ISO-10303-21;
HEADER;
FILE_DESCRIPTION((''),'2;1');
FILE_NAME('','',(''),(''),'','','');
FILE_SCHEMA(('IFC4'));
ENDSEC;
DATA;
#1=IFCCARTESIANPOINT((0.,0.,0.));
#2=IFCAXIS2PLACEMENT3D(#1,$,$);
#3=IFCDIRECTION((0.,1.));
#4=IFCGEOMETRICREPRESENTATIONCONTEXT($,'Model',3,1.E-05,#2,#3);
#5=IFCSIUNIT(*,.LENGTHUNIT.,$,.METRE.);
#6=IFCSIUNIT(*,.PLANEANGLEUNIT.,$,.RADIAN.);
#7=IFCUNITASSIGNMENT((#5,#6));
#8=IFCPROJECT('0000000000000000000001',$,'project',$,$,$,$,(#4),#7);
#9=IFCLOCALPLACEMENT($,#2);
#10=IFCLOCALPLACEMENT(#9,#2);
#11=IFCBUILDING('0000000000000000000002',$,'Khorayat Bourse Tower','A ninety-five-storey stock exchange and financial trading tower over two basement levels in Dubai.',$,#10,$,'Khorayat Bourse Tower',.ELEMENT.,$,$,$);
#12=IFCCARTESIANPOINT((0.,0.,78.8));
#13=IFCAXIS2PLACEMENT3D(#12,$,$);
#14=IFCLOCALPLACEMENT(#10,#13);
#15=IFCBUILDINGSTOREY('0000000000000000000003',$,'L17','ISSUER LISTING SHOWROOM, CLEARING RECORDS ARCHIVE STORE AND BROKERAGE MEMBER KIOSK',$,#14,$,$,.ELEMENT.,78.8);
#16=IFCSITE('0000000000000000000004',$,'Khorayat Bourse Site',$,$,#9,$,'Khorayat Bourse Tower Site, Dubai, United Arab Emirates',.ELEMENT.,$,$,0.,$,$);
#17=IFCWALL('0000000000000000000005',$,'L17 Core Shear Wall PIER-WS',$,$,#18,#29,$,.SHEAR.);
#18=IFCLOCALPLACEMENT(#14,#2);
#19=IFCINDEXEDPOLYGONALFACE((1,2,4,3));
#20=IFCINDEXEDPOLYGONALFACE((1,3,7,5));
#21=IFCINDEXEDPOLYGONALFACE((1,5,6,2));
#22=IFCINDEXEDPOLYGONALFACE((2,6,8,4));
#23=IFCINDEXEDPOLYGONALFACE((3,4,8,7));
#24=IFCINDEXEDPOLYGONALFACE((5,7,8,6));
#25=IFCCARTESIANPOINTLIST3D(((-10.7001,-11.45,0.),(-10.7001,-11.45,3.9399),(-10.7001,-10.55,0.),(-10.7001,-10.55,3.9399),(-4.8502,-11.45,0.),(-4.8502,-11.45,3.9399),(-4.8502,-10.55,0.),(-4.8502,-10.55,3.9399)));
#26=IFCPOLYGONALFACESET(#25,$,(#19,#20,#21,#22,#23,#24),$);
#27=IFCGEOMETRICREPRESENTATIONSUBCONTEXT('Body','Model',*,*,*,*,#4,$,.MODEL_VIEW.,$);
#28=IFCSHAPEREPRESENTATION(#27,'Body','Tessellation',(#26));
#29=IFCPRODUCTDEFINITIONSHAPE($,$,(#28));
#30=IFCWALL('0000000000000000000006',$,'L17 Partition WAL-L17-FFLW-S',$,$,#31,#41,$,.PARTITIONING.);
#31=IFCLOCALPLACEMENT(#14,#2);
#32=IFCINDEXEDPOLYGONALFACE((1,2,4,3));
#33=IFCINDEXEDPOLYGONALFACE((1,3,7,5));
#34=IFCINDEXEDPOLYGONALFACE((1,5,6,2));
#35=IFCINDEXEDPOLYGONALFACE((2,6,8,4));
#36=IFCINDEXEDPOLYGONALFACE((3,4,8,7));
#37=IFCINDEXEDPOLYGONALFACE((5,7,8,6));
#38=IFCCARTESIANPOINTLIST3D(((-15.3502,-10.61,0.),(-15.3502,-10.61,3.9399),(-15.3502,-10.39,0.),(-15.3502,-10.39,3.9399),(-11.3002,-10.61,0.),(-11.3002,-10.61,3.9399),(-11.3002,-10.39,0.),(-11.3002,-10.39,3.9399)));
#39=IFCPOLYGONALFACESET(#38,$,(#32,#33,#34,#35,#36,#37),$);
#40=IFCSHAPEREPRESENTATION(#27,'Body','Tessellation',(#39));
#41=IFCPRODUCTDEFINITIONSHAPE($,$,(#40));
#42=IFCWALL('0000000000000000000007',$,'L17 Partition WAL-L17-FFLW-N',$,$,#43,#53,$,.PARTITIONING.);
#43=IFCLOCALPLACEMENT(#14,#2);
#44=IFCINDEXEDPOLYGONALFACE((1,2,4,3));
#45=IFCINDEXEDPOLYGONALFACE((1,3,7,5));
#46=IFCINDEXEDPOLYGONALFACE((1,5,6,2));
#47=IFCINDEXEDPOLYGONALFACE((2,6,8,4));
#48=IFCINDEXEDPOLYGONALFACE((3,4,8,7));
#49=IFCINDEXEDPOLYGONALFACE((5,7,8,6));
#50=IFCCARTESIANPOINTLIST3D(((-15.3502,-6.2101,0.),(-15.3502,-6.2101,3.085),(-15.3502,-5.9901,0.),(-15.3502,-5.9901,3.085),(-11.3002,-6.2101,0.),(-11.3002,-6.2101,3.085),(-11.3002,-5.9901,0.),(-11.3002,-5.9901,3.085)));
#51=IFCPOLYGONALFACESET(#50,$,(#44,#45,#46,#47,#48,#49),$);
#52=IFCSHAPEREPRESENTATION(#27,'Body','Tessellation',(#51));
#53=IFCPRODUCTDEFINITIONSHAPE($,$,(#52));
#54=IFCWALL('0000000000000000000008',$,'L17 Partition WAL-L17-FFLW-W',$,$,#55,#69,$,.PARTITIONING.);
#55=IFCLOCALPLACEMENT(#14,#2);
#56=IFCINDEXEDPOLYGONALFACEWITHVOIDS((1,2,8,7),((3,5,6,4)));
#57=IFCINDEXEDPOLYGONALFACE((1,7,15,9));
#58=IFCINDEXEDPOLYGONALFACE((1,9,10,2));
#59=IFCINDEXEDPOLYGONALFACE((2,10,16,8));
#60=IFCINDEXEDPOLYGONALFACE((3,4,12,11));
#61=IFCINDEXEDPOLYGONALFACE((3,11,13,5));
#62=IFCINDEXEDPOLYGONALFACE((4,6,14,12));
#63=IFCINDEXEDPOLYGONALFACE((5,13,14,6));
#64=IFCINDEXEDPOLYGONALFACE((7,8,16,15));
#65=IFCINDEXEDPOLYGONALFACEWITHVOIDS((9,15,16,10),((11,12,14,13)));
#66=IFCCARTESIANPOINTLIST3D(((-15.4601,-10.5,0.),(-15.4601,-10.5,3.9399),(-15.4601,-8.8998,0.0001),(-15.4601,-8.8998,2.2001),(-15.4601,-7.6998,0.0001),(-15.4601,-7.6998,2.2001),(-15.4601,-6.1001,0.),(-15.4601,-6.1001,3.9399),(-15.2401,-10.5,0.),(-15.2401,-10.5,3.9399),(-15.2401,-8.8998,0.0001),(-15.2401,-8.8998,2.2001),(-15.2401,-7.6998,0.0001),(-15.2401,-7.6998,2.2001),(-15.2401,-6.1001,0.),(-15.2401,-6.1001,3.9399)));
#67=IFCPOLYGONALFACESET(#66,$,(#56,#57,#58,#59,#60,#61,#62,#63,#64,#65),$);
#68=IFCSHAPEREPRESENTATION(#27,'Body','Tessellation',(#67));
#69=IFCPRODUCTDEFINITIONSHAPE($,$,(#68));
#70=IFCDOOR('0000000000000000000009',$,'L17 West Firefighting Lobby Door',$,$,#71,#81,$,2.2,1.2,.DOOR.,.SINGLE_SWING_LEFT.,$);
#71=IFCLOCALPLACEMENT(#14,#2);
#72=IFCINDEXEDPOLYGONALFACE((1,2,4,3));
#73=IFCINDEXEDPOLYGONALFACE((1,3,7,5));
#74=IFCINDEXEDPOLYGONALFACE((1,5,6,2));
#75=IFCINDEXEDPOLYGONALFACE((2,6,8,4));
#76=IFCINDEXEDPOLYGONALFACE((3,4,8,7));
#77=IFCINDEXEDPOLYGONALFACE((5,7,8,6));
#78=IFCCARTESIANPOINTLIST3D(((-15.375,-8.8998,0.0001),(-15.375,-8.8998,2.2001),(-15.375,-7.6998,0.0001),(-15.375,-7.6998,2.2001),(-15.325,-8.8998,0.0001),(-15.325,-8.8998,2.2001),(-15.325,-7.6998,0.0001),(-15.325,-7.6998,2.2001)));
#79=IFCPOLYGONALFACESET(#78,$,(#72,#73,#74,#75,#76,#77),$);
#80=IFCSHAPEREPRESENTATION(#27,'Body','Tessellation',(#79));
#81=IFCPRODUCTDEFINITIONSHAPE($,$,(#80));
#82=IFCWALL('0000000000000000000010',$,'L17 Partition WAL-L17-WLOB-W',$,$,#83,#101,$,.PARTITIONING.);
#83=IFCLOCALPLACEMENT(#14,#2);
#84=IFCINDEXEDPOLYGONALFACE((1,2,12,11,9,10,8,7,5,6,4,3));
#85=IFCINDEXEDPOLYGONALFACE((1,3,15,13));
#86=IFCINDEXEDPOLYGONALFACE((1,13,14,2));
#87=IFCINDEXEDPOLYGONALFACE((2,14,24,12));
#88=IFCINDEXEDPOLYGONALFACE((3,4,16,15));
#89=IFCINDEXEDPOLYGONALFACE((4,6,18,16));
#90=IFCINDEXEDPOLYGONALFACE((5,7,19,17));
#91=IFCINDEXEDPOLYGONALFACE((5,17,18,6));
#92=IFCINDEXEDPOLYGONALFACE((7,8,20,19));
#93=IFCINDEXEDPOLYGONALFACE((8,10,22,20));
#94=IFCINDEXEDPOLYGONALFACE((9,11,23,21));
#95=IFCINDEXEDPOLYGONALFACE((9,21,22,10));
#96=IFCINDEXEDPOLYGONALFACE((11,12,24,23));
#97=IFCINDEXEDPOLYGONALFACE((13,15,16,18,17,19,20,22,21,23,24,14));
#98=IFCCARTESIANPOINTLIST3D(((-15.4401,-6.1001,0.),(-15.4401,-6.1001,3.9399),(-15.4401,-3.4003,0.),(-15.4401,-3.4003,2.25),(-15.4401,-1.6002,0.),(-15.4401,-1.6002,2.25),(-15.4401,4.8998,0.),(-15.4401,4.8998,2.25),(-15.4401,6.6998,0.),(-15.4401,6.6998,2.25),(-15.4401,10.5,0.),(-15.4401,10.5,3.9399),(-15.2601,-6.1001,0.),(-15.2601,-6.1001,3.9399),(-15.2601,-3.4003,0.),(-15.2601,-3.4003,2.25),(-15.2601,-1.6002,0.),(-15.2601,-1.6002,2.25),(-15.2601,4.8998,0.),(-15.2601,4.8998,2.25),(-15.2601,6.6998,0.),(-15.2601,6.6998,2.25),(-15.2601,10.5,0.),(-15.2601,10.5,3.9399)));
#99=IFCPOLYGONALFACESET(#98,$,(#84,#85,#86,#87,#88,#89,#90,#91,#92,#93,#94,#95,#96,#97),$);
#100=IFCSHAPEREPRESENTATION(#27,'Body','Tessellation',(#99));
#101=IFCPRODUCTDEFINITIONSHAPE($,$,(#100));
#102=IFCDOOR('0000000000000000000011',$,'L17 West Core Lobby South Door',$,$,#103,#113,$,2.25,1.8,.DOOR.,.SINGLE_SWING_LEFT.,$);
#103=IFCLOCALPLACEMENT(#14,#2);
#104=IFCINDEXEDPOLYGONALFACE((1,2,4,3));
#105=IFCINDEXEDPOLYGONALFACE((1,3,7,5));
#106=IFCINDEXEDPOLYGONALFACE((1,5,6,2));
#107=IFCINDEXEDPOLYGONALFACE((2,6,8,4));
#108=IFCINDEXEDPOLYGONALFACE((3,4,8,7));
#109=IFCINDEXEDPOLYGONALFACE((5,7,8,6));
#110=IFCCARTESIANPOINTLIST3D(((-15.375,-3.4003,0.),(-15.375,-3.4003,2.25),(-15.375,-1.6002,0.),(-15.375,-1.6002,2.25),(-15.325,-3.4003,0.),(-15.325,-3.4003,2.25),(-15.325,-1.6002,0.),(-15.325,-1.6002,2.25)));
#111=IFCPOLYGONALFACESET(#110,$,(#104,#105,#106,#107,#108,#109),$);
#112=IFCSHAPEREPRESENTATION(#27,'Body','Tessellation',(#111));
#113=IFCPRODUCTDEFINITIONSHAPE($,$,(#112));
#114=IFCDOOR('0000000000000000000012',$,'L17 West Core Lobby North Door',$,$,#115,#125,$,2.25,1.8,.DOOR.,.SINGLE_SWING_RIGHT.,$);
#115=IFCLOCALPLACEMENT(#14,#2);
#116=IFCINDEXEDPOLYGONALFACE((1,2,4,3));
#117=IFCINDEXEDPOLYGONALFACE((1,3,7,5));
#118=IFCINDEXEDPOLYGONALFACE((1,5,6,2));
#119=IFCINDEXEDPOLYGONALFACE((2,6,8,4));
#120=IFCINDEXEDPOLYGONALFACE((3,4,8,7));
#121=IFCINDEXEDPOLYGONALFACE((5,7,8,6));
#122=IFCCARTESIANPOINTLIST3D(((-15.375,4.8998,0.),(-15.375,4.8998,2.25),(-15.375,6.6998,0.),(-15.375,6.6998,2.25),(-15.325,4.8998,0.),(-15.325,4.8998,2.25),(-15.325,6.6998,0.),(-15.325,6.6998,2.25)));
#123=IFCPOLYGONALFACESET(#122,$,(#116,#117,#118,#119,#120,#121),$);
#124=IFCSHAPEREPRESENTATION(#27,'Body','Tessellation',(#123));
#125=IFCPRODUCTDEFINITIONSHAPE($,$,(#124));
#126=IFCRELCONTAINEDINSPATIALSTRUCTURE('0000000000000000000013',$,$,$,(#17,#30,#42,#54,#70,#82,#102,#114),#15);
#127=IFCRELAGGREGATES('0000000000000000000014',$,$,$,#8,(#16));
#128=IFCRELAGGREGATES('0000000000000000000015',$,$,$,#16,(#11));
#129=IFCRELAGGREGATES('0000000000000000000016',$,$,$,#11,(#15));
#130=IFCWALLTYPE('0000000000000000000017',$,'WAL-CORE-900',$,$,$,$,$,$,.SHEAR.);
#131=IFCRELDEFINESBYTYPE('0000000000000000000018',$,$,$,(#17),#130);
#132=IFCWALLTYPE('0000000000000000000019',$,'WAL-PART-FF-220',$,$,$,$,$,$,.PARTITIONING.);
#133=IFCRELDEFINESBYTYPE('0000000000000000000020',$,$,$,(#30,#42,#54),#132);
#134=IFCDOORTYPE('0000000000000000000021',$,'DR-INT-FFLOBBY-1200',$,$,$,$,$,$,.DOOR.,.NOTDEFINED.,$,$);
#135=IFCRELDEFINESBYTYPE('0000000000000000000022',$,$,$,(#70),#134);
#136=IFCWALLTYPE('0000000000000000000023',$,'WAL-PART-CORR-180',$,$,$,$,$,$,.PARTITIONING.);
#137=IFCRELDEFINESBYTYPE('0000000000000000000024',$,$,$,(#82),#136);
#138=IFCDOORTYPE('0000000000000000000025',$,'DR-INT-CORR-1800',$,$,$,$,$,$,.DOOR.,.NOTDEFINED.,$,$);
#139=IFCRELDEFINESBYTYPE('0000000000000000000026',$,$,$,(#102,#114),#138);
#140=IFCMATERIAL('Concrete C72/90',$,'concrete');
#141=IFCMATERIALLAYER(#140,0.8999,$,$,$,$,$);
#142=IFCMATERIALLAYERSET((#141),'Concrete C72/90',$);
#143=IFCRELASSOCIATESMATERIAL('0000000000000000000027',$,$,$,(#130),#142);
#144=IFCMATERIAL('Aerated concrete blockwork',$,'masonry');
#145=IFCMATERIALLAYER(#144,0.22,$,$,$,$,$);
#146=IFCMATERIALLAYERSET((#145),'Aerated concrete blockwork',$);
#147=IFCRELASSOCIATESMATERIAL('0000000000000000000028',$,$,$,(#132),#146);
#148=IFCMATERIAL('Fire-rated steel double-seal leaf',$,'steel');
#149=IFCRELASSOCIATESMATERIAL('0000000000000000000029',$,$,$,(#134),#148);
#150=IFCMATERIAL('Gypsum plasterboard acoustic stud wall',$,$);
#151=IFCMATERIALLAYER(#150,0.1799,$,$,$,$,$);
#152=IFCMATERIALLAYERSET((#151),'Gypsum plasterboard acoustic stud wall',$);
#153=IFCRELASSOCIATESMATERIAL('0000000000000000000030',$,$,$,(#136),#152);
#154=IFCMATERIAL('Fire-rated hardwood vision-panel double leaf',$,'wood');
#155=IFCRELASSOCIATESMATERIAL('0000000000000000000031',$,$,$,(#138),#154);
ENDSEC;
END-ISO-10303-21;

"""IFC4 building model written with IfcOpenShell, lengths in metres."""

from ifc_helpers import new_model, si_unit, direction, frame, frame_2d, origin, place, context, subcontext, project, spatial, rectangle, extrude, source, transform, mapped, material, layer, layer_set, type_object, element, fill, save


model = new_model("IFC4")

# Units and contexts
model_context = context("Model", 3, precision=1e-05, world=origin(), true_north=direction((0.0, 1.0)))
body_context = subcontext(model_context, "Body", "Model", "MODEL_VIEW")
ifc_project = project(units=[si_unit("LENGTHUNIT", "METRE"), si_unit("PLANEANGLEUNIT", "RADIAN")], contexts=[model_context])

# Site, building, storey
site_placement = place(None, origin())
site = spatial("IfcSite", under=ifc_project, at=site_placement, Name="Khorayat Bourse Site", LongName="Khorayat Bourse Tower Site, Dubai, United Arab Emirates", CompositionType="ELEMENT", RefElevation=0.0)
building_placement = place(site_placement, origin())
building = spatial("IfcBuilding", under=site, at=building_placement, Name="Khorayat Bourse Tower", Description="A ninety-five-storey stock exchange and financial trading tower over two basement levels in Dubai.", LongName="Khorayat Bourse Tower", CompositionType="ELEMENT")
storey_placement = place(building_placement, frame((0.0, 0.0, 78.8)))
storey = spatial("IfcBuildingStorey", under=building, at=storey_placement, Name="L17", Description="ISSUER LISTING SHOWROOM, CLEARING RECORDS ARCHIVE STORE AND BROKERAGE MEMBER KIOSK", CompositionType="ELEMENT", Elevation=78.8)

# Shared definitions
ifc_material_1 = material(Name="Concrete C72/90", Category="concrete")

# Walls
ifc_layer_1 = layer(ifc_material_1, 0.8999)
ifc_layer_set_1 = layer_set([ifc_layer_1], Name="Concrete C72/90")
wall_type_1 = type_object("IfcWallType", Name="WAL-CORE-900", PredefinedType="SHEAR", material=ifc_layer_set_1)
shared_shape_1 = source(origin(), body_context, "Body", "SweptSolid", [
    extrude(rectangle(XDim=5.8499, YDim=0.8999, at=frame_2d((2.9248, 0.0))), origin(), (0.0, 0.0, 1.0), 3.9399),
])
wall_1_placement = place(storey_placement, frame((-10.7, -11.0, 0.0), z_axis=(0.0, 0.0, 1.0), x_axis=(1.0, 0.0, 0.0)))
element("IfcWall", 1, at=wall_1_placement, inside=storey, type_object=wall_type_1, Name="L17 Core Shear Wall PIER-WS", PredefinedType="SHEAR", context=body_context, shape_type="MappedRepresentation", body=[
    mapped(shared_shape_1, transform((0.0, 0.0, 0.0), scale=1.0)),
])
ifc_material_2 = material(Name="Aerated concrete blockwork", Category="masonry")
ifc_layer_2 = layer(ifc_material_2, 0.22)
ifc_layer_set_2 = layer_set([ifc_layer_2], Name="Aerated concrete blockwork")
wall_type_2 = type_object("IfcWallType", Name="WAL-PART-FF-220", PredefinedType="PARTITIONING", material=ifc_layer_set_2)
shared_shape_2 = source(origin(), body_context, "Body", "SweptSolid", [
    extrude(rectangle(XDim=4.05, YDim=0.22, at=frame_2d((2.0249, 0.0))), origin(), (0.0, 0.0, 1.0), 3.9399),
])
wall_2_placement = place(storey_placement, frame((-15.3501, -10.5, 0.0), z_axis=(0.0, 0.0, 1.0), x_axis=(1.0, 0.0, 0.0)))
element("IfcWall", 2, at=wall_2_placement, inside=storey, type_object=wall_type_2, Name="L17 Partition WAL-L17-FFLW-S", PredefinedType="PARTITIONING", context=body_context, shape_type="MappedRepresentation", body=[
    mapped(shared_shape_2, transform((0.0, 0.0, 0.0), scale=1.0)),
])
shared_shape_3 = source(origin(), body_context, "Body", "SweptSolid", [
    extrude(rectangle(XDim=4.05, YDim=0.22, at=frame_2d((2.0249, 0.0))), origin(), (0.0, 0.0, 1.0), 3.085),
])
wall_3_placement = place(storey_placement, frame((-15.3501, -6.1001, 0.0), z_axis=(0.0, 0.0, 1.0), x_axis=(1.0, 0.0, 0.0)))
element("IfcWall", 3, at=wall_3_placement, inside=storey, type_object=wall_type_2, Name="L17 Partition WAL-L17-FFLW-N", PredefinedType="PARTITIONING", context=body_context, shape_type="MappedRepresentation", body=[
    mapped(shared_shape_3, transform((0.0, 0.0, 0.0), scale=1.0)),
])

# Wall, opening, door
shared_shape_4 = source(origin(), body_context, "Body", "SweptSolid", [
    extrude(rectangle(XDim=4.3999, YDim=0.22, at=frame_2d((2.2, 0.0))), origin(), (0.0, 0.0, 1.0), 3.9399),
])
wall_4_placement = place(storey_placement, frame((-15.3501, -10.5, 0.0), z_axis=(0.0, 0.0, 1.0), x_axis=(0.0, 1.0, 0.0)))
wall_4 = element("IfcWall", 4, at=wall_4_placement, inside=storey, type_object=wall_type_2, Name="L17 Partition WAL-L17-FFLW-W", PredefinedType="PARTITIONING", context=body_context, shape_type="MappedRepresentation", body=[
    mapped(shared_shape_4, transform((0.0, 0.0, 0.0), scale=1.0)),
])
shared_shape_5 = source(origin(), body_context, "Body", "SweptSolid", [
    extrude(rectangle(XDim=1.2, YDim=2.2, at=frame_2d((0.6001, 1.1001))), frame((0.0, 0.1199, 0.0), z_axis=(0.0, -1.0, 0.0), x_axis=(1.0, 0.0, 0.0)), (0.0, 0.0, 1.0), 0.24),
])
opening_1_placement = place(wall_4_placement, frame((1.6001, 0.0, 0.0)))
opening_1 = element("IfcOpeningElement", 5, at=opening_1_placement, cuts=wall_4, PredefinedType="OPENING", context=body_context, shape_type="MappedRepresentation", body=[
    mapped(shared_shape_5, transform((0.0, 0.0, 0.0), scale=1.0)),
])
ifc_material_3 = material(Name="Fire-rated steel double-seal leaf", Category="steel")
door_type_1 = type_object("IfcDoorType", Name="DR-INT-FFLOBBY-1200", OperationType="NOTDEFINED", PredefinedType="DOOR", material=ifc_material_3)
shared_shape_6 = source(origin(), body_context, "Body", "SweptSolid", [
    extrude(rectangle(XDim=1.2, YDim=2.2, at=frame_2d((0.6001, 1.1001))), frame((0.0, 0.0249, 0.0), z_axis=(0.0, -1.0, 0.0), x_axis=(1.0, 0.0, 0.0)), (0.0, 0.0, 1.0), 0.05),
])
door_1_placement = place(opening_1_placement, origin())
door_1 = element("IfcDoor", 6, at=door_1_placement, inside=storey, type_object=door_type_1, Name="L17 West Firefighting Lobby Door", OperationType="SINGLE_SWING_LEFT", OverallHeight=2.2, OverallWidth=1.2, PredefinedType="DOOR", context=body_context, shape_type="MappedRepresentation", body=[
    mapped(shared_shape_6, transform((0.0, 0.0, 0.0), scale=1.0)),
])
fill(opening_1, door_1)

# Wall, openings, doors
ifc_material_4 = material(Name="Gypsum plasterboard acoustic stud wall")
ifc_layer_3 = layer(ifc_material_4, 0.1799)
ifc_layer_set_3 = layer_set([ifc_layer_3], Name="Gypsum plasterboard acoustic stud wall")
wall_type_3 = type_object("IfcWallType", Name="WAL-PART-CORR-180", PredefinedType="PARTITIONING", material=ifc_layer_set_3)
shared_shape_7 = source(origin(), body_context, "Body", "SweptSolid", [
    extrude(rectangle(XDim=16.6001, YDim=0.1799, at=frame_2d((8.3, 0.0))), origin(), (0.0, 0.0, 1.0), 3.9399),
])
wall_5_placement = place(storey_placement, frame((-15.3501, -6.1001, 0.0), z_axis=(0.0, 0.0, 1.0), x_axis=(0.0, 1.0, 0.0)))
wall_5 = element("IfcWall", 7, at=wall_5_placement, inside=storey, type_object=wall_type_3, Name="L17 Partition WAL-L17-WLOB-W", PredefinedType="PARTITIONING", context=body_context, shape_type="MappedRepresentation", body=[
    mapped(shared_shape_7, transform((0.0, 0.0, 0.0), scale=1.0)),
])
shared_shape_8 = source(origin(), body_context, "Body", "SweptSolid", [
    extrude(rectangle(XDim=1.8, YDim=2.25, at=frame_2d((0.8999, 1.125))), frame((0.0, 0.0999, 0.0), z_axis=(0.0, -1.0, 0.0), x_axis=(1.0, 0.0, 0.0)), (0.0, 0.0, 1.0), 0.2),
])
opening_2_placement = place(wall_5_placement, frame((2.7, 0.0, 0.0)))
opening_2 = element("IfcOpeningElement", 8, at=opening_2_placement, cuts=wall_5, PredefinedType="OPENING", context=body_context, shape_type="MappedRepresentation", body=[
    mapped(shared_shape_8, transform((0.0, 0.0, 0.0), scale=1.0)),
])
opening_3_placement = place(wall_5_placement, frame((11.0, 0.0, 0.0)))
opening_3 = element("IfcOpeningElement", 9, at=opening_3_placement, cuts=wall_5, PredefinedType="OPENING", context=body_context, shape_type="MappedRepresentation", body=[
    mapped(shared_shape_8, transform((0.0, 0.0, 0.0), scale=1.0)),
])
ifc_material_5 = material(Name="Fire-rated hardwood vision-panel double leaf", Category="wood")
door_type_2 = type_object("IfcDoorType", Name="DR-INT-CORR-1800", OperationType="NOTDEFINED", PredefinedType="DOOR", material=ifc_material_5)
shared_shape_9 = source(origin(), body_context, "Body", "SweptSolid", [
    extrude(rectangle(XDim=1.8, YDim=2.25, at=frame_2d((0.8999, 1.125))), frame((0.0, 0.0249, 0.0), z_axis=(0.0, -1.0, 0.0), x_axis=(1.0, 0.0, 0.0)), (0.0, 0.0, 1.0), 0.05),
])
door_2_placement = place(opening_2_placement, origin())
door_2 = element("IfcDoor", 10, at=door_2_placement, inside=storey, type_object=door_type_2, Name="L17 West Core Lobby South Door", OperationType="SINGLE_SWING_LEFT", OverallHeight=2.25, OverallWidth=1.8, PredefinedType="DOOR", context=body_context, shape_type="MappedRepresentation", body=[
    mapped(shared_shape_9, transform((0.0, 0.0, 0.0), scale=1.0)),
])
fill(opening_2, door_2)
door_3_placement = place(opening_3_placement, origin())
door_3 = element("IfcDoor", 11, at=door_3_placement, inside=storey, type_object=door_type_2, Name="L17 West Core Lobby North Door", OperationType="SINGLE_SWING_RIGHT", OverallHeight=2.25, OverallWidth=1.8, PredefinedType="DOOR", context=body_context, shape_type="MappedRepresentation", body=[
    mapped(shared_shape_9, transform((0.0, 0.0, 0.0), scale=1.0)),
])
fill(opening_3, door_3)

save(model, "model.ifc")
